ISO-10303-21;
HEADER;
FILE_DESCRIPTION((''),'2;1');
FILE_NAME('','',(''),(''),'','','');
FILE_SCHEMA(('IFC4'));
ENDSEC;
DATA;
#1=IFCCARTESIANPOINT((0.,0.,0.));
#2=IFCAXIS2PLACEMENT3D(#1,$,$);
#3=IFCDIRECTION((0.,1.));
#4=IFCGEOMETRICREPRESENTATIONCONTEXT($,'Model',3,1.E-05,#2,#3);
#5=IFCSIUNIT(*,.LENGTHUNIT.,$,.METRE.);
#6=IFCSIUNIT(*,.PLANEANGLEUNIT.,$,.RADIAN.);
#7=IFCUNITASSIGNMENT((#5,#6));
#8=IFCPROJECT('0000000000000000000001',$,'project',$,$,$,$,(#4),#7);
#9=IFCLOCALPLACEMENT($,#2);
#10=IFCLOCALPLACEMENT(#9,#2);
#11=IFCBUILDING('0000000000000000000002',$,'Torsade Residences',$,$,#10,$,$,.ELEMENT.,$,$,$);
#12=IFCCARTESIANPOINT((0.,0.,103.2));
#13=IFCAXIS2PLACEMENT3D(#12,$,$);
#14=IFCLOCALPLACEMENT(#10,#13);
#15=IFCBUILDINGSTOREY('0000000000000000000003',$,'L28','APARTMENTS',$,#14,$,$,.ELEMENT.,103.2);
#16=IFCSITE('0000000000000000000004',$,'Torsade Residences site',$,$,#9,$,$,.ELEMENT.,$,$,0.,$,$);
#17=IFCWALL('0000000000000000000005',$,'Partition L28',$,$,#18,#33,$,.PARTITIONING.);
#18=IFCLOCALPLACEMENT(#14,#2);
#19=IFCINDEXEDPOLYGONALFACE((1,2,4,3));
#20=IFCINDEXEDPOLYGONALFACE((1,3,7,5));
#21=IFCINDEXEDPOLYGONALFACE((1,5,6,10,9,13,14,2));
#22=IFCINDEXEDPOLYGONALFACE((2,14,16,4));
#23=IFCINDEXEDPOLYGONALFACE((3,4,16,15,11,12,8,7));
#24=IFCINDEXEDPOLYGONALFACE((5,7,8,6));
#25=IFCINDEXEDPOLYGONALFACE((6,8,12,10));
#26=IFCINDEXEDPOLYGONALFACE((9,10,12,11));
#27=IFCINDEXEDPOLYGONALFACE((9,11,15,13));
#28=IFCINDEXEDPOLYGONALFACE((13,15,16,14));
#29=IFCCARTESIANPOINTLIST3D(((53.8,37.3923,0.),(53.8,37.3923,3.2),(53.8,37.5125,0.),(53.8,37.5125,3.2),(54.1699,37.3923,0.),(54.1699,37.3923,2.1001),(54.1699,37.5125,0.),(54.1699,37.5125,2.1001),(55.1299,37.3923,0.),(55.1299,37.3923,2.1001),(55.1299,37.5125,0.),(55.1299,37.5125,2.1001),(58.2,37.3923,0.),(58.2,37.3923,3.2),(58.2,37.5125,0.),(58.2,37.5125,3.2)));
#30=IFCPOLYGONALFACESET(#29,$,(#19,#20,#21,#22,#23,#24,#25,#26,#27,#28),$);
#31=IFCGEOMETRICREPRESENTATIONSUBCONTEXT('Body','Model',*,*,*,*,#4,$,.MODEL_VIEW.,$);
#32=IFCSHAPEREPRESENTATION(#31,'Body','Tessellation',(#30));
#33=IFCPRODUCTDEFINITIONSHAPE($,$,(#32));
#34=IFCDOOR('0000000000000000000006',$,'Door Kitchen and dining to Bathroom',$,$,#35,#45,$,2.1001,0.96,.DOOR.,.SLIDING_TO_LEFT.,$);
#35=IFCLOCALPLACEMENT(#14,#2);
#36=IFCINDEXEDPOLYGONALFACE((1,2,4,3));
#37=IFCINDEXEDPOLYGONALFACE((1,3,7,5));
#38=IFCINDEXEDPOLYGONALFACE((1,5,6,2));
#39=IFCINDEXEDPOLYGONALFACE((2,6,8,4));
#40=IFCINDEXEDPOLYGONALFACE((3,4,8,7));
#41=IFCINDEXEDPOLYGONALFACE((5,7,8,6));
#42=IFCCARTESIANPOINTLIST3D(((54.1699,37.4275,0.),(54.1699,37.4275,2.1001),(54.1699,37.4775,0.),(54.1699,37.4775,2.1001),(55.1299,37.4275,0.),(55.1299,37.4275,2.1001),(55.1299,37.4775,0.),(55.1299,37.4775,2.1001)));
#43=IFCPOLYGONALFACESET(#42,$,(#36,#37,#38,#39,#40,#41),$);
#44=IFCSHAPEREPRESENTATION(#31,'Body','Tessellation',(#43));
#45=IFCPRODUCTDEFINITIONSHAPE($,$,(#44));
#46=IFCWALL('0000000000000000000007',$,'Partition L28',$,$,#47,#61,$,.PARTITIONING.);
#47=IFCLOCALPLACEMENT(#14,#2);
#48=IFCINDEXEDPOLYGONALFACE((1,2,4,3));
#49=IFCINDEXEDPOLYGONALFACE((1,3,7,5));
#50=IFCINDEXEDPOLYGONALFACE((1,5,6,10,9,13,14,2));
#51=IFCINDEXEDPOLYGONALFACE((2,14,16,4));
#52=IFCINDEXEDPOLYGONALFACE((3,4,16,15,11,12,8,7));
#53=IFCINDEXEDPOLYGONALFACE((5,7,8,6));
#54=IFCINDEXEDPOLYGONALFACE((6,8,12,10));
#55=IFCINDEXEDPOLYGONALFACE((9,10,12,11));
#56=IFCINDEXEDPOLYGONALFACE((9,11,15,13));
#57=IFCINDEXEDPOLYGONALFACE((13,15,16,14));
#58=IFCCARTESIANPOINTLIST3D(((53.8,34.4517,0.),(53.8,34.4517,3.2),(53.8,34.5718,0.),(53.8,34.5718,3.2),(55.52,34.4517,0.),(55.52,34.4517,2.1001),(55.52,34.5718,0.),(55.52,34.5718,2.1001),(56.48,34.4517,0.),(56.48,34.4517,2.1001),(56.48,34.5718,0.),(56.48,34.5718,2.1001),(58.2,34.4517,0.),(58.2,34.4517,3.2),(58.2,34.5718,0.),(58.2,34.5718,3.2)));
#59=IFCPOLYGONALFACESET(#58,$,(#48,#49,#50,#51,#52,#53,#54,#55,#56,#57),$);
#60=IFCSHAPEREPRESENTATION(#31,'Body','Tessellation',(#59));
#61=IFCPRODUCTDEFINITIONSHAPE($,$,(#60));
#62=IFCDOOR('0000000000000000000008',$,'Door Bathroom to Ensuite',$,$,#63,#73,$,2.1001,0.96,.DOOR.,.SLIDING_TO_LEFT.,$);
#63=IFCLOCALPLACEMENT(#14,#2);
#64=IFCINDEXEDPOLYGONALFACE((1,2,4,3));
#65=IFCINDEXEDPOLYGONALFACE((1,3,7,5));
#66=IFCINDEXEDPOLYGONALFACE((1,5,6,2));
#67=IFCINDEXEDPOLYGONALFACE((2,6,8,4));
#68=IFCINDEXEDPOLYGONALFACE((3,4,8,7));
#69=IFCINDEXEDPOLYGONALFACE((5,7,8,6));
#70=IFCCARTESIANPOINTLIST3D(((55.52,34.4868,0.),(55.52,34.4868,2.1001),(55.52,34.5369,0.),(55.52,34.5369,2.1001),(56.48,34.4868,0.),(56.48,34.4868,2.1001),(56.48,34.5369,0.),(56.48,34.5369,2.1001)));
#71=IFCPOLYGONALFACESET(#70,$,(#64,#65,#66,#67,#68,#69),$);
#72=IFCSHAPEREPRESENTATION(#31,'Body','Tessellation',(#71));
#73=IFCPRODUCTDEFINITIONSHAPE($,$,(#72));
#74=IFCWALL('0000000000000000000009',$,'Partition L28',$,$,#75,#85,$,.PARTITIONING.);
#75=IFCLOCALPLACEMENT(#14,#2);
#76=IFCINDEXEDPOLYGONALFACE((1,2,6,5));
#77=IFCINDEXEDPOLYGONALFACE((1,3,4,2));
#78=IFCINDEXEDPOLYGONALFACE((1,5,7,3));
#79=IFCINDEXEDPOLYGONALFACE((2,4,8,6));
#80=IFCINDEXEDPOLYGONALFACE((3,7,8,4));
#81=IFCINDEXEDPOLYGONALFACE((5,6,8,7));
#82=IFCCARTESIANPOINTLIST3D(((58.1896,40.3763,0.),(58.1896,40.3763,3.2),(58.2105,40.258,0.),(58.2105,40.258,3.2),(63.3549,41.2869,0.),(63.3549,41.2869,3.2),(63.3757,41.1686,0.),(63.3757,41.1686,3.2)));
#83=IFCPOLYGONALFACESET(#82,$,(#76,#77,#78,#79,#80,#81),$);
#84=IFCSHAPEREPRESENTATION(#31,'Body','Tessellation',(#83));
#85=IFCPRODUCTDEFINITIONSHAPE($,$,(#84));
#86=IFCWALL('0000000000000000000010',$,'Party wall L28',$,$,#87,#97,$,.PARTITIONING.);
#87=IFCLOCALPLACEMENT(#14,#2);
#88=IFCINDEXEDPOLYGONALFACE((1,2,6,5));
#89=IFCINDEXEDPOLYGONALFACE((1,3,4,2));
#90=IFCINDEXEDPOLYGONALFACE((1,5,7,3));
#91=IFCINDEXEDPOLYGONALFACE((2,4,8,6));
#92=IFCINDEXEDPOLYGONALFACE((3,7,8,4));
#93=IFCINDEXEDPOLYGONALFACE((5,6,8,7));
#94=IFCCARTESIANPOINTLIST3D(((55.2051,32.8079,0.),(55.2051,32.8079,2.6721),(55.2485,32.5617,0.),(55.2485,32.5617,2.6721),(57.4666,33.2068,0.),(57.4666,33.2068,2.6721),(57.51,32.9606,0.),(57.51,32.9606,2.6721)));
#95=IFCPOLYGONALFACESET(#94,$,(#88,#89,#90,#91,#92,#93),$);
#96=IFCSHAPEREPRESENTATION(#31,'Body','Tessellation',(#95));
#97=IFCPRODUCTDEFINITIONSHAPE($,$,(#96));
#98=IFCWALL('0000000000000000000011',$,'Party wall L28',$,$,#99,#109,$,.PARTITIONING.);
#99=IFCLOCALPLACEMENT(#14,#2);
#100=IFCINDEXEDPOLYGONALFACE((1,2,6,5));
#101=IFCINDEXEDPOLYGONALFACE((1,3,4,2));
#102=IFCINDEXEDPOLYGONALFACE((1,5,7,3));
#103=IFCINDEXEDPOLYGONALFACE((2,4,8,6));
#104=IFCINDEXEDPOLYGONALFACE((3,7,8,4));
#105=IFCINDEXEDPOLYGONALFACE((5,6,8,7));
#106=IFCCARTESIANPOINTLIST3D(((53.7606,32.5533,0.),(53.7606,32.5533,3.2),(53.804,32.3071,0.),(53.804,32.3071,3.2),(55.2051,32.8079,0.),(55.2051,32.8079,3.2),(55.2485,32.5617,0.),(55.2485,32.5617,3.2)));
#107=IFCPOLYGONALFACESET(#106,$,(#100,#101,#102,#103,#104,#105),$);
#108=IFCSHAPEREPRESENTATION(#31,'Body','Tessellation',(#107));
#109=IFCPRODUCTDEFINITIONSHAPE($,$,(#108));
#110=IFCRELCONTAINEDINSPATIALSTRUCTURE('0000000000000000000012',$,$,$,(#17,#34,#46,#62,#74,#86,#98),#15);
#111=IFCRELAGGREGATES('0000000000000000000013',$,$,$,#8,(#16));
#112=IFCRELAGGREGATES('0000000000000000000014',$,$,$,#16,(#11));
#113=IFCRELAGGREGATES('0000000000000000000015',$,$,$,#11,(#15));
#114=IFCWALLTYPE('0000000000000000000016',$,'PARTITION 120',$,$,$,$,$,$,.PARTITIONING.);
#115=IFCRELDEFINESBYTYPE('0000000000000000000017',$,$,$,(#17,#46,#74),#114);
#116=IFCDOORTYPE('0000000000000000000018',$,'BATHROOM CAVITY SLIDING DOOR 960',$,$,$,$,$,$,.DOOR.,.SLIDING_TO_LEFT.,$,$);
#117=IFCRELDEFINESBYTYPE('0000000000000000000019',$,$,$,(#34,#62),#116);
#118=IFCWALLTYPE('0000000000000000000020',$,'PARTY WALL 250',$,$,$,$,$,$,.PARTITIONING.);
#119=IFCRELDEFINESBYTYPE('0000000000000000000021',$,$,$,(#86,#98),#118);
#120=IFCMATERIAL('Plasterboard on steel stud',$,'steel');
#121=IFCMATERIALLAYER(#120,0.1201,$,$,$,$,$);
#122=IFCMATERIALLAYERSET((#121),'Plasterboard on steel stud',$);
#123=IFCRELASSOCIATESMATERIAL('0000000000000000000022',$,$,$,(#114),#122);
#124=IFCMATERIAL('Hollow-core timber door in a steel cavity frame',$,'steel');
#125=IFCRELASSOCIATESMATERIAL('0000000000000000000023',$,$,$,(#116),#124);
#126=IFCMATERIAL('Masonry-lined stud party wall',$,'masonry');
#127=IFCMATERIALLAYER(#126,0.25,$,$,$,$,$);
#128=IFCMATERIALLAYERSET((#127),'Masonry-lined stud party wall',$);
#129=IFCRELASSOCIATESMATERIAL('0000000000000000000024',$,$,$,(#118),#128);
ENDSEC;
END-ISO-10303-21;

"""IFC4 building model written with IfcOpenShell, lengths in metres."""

from ifc_helpers import new_model, si_unit, direction, frame, frame_2d, origin, place, context, subcontext, project, spatial, rectangle, extrude, material, layer, layer_set, type_object, element, fill, save


model = new_model("IFC4")

# Units and contexts
model_context = context("Model", 3, precision=1e-05, world=origin(), true_north=direction((0.0, 1.0)))
body_context = subcontext(model_context, "Body", "Model", "MODEL_VIEW")
ifc_project = project(units=[si_unit("LENGTHUNIT", "METRE"), si_unit("PLANEANGLEUNIT", "RADIAN")], contexts=[model_context])

# Site, building, storey
site_placement = place(None, origin())
site = spatial("IfcSite", under=ifc_project, at=site_placement, Name="Torsade Residences site", CompositionType="ELEMENT", RefElevation=0.0)
building_placement = place(site_placement, origin())
building = spatial("IfcBuilding", under=site, at=building_placement, Name="Torsade Residences", CompositionType="ELEMENT")
storey_placement = place(building_placement, frame((0.0, 0.0, 103.2)))
storey = spatial("IfcBuildingStorey", under=building, at=storey_placement, Name="L28", Description="APARTMENTS", CompositionType="ELEMENT", Elevation=103.2)

# Shared definitions
ifc_material_1 = material(Name="Plasterboard on steel stud", Category="steel")
ifc_layer_1 = layer(ifc_material_1, 0.1201)
ifc_layer_set_1 = layer_set([ifc_layer_1], Name="Plasterboard on steel stud")
wall_type_1 = type_object("IfcWallType", Name="PARTITION 120", PredefinedType="PARTITIONING", material=ifc_layer_set_1)
ifc_material_2 = material(Name="Hollow-core timber door in a steel cavity frame", Category="steel")
door_type_1 = type_object("IfcDoorType", Name="BATHROOM CAVITY SLIDING DOOR 960", OperationType="SLIDING_TO_LEFT", PredefinedType="DOOR", material=ifc_material_2)

# Walls, openings, doors
wall_1_placement = place(storey_placement, frame((58.2, 37.4524, 0.0), z_axis=(0.0, 0.0, 1.0), x_axis=(-1.0, 0.0, 0.0)))
wall_1 = element("IfcWall", 1, at=wall_1_placement, inside=storey, type_object=wall_type_1, Name="Partition L28", PredefinedType="PARTITIONING", context=body_context, shape_type="SweptSolid", body=[
    extrude(rectangle(XDim=4.3999, YDim=0.1201, at=frame_2d((2.2, 0.0))), origin(), (0.0, 0.0, 1.0), 3.2),
])
opening_1_placement = place(wall_1_placement, frame((3.0701, 0.0, 0.0)))
opening_1 = element("IfcOpeningElement", 2, at=opening_1_placement, cuts=wall_1, PredefinedType="OPENING", context=body_context, shape_type="SweptSolid", body=[
    extrude(rectangle(XDim=0.96, YDim=2.1001, at=frame_2d((0.48, 1.05))), frame((0.0, 0.0701, 0.0), z_axis=(0.0, -1.0, 0.0), x_axis=(1.0, 0.0, 0.0)), (0.0, 0.0, 1.0), 0.1401),
])
door_1_placement = place(opening_1_placement, origin())
door_1 = element("IfcDoor", 3, at=door_1_placement, inside=storey, type_object=door_type_1, Name="Door Kitchen and dining to Bathroom", OperationType="SLIDING_TO_LEFT", OverallHeight=2.1001, OverallWidth=0.96, PredefinedType="DOOR", context=body_context, shape_type="SweptSolid", body=[
    extrude(rectangle(XDim=0.96, YDim=2.1001, at=frame_2d((0.48, 1.05))), frame((0.0, 0.0249, 0.0), z_axis=(0.0, -1.0, 0.0), x_axis=(1.0, 0.0, 0.0)), (0.0, 0.0, 1.0), 0.05),
])
fill(opening_1, door_1)
wall_2_placement = place(storey_placement, frame((58.2, 34.5117, 0.0), z_axis=(0.0, 0.0, 1.0), x_axis=(-1.0, 0.0, 0.0)))
wall_2 = element("IfcWall", 4, at=wall_2_placement, inside=storey, type_object=wall_type_1, Name="Partition L28", PredefinedType="PARTITIONING", context=body_context, shape_type="SweptSolid", body=[
    extrude(rectangle(XDim=4.3999, YDim=0.1201, at=frame_2d((2.2, 0.0))), origin(), (0.0, 0.0, 1.0), 3.2),
])
opening_2_placement = place(wall_2_placement, frame((1.72, 0.0, 0.0)))
opening_2 = element("IfcOpeningElement", 5, at=opening_2_placement, cuts=wall_2, PredefinedType="OPENING", context=body_context, shape_type="SweptSolid", body=[
    extrude(rectangle(XDim=0.96, YDim=2.1001, at=frame_2d((0.48, 1.05))), frame((0.0, 0.0701, 0.0), z_axis=(0.0, -1.0, 0.0), x_axis=(1.0, 0.0, 0.0)), (0.0, 0.0, 1.0), 0.1401),
])
door_2_placement = place(opening_2_placement, origin())
door_2 = element("IfcDoor", 6, at=door_2_placement, inside=storey, type_object=door_type_1, Name="Door Bathroom to Ensuite", OperationType="SLIDING_TO_LEFT", OverallHeight=2.1001, OverallWidth=0.96, PredefinedType="DOOR", context=body_context, shape_type="SweptSolid", body=[
    extrude(rectangle(XDim=0.96, YDim=2.1001, at=frame_2d((0.48, 1.05))), frame((0.0, 0.0249, 0.0), z_axis=(0.0, -1.0, 0.0), x_axis=(1.0, 0.0, 0.0)), (0.0, 0.0, 1.0), 0.05),
])
fill(opening_2, door_2)

# Walls
wall_3_placement = place(storey_placement, frame((58.2, 40.3171, 0.0), z_axis=(0.0, 0.0, 1.0), x_axis=(0.984812, 0.173623, 0.0)))
element("IfcWall", 7, at=wall_3_placement, inside=storey, type_object=wall_type_1, Name="Partition L28", PredefinedType="PARTITIONING", context=body_context, shape_type="SweptSolid", body=[
    extrude(rectangle(XDim=5.2449, YDim=0.1201, at=frame_2d((2.6226, 0.0))), origin(), (0.0, 0.0, 1.0), 3.2),
])
ifc_material_3 = material(Name="Masonry-lined stud party wall", Category="masonry")
ifc_layer_2 = layer(ifc_material_3, 0.25)
ifc_layer_set_2 = layer_set([ifc_layer_2], Name="Masonry-lined stud party wall")
wall_type_2 = type_object("IfcWallType", Name="PARTY WALL 250", PredefinedType="PARTITIONING", material=ifc_layer_set_2)
wall_4_placement = place(storey_placement, frame((57.4883, 33.0837, 0.0), z_axis=(0.0, 0.0, 1.0), x_axis=(-0.984795, -0.173719, 0.0)))
element("IfcWall", 8, at=wall_4_placement, inside=storey, type_object=wall_type_2, Name="Party wall L28", PredefinedType="PARTITIONING", context=body_context, shape_type="SweptSolid", body=[
    extrude(rectangle(XDim=2.2964, YDim=0.25, at=frame_2d((1.1482, 0.0))), origin(), (0.0, 0.0, 1.0), 2.6721),
])
wall_5_placement = place(storey_placement, frame((55.2268, 32.6848, 0.0), z_axis=(0.0, 0.0, 1.0), x_axis=(-0.984817, -0.173595, 0.0)))
element("IfcWall", 9, at=wall_5_placement, inside=storey, type_object=wall_type_2, Name="Party wall L28", PredefinedType="PARTITIONING", context=body_context, shape_type="SweptSolid", body=[
    extrude(rectangle(XDim=1.4668, YDim=0.25, at=frame_2d((0.7334, 0.0))), origin(), (0.0, 0.0, 1.0), 3.2),
])

save(model, "model.ifc")
